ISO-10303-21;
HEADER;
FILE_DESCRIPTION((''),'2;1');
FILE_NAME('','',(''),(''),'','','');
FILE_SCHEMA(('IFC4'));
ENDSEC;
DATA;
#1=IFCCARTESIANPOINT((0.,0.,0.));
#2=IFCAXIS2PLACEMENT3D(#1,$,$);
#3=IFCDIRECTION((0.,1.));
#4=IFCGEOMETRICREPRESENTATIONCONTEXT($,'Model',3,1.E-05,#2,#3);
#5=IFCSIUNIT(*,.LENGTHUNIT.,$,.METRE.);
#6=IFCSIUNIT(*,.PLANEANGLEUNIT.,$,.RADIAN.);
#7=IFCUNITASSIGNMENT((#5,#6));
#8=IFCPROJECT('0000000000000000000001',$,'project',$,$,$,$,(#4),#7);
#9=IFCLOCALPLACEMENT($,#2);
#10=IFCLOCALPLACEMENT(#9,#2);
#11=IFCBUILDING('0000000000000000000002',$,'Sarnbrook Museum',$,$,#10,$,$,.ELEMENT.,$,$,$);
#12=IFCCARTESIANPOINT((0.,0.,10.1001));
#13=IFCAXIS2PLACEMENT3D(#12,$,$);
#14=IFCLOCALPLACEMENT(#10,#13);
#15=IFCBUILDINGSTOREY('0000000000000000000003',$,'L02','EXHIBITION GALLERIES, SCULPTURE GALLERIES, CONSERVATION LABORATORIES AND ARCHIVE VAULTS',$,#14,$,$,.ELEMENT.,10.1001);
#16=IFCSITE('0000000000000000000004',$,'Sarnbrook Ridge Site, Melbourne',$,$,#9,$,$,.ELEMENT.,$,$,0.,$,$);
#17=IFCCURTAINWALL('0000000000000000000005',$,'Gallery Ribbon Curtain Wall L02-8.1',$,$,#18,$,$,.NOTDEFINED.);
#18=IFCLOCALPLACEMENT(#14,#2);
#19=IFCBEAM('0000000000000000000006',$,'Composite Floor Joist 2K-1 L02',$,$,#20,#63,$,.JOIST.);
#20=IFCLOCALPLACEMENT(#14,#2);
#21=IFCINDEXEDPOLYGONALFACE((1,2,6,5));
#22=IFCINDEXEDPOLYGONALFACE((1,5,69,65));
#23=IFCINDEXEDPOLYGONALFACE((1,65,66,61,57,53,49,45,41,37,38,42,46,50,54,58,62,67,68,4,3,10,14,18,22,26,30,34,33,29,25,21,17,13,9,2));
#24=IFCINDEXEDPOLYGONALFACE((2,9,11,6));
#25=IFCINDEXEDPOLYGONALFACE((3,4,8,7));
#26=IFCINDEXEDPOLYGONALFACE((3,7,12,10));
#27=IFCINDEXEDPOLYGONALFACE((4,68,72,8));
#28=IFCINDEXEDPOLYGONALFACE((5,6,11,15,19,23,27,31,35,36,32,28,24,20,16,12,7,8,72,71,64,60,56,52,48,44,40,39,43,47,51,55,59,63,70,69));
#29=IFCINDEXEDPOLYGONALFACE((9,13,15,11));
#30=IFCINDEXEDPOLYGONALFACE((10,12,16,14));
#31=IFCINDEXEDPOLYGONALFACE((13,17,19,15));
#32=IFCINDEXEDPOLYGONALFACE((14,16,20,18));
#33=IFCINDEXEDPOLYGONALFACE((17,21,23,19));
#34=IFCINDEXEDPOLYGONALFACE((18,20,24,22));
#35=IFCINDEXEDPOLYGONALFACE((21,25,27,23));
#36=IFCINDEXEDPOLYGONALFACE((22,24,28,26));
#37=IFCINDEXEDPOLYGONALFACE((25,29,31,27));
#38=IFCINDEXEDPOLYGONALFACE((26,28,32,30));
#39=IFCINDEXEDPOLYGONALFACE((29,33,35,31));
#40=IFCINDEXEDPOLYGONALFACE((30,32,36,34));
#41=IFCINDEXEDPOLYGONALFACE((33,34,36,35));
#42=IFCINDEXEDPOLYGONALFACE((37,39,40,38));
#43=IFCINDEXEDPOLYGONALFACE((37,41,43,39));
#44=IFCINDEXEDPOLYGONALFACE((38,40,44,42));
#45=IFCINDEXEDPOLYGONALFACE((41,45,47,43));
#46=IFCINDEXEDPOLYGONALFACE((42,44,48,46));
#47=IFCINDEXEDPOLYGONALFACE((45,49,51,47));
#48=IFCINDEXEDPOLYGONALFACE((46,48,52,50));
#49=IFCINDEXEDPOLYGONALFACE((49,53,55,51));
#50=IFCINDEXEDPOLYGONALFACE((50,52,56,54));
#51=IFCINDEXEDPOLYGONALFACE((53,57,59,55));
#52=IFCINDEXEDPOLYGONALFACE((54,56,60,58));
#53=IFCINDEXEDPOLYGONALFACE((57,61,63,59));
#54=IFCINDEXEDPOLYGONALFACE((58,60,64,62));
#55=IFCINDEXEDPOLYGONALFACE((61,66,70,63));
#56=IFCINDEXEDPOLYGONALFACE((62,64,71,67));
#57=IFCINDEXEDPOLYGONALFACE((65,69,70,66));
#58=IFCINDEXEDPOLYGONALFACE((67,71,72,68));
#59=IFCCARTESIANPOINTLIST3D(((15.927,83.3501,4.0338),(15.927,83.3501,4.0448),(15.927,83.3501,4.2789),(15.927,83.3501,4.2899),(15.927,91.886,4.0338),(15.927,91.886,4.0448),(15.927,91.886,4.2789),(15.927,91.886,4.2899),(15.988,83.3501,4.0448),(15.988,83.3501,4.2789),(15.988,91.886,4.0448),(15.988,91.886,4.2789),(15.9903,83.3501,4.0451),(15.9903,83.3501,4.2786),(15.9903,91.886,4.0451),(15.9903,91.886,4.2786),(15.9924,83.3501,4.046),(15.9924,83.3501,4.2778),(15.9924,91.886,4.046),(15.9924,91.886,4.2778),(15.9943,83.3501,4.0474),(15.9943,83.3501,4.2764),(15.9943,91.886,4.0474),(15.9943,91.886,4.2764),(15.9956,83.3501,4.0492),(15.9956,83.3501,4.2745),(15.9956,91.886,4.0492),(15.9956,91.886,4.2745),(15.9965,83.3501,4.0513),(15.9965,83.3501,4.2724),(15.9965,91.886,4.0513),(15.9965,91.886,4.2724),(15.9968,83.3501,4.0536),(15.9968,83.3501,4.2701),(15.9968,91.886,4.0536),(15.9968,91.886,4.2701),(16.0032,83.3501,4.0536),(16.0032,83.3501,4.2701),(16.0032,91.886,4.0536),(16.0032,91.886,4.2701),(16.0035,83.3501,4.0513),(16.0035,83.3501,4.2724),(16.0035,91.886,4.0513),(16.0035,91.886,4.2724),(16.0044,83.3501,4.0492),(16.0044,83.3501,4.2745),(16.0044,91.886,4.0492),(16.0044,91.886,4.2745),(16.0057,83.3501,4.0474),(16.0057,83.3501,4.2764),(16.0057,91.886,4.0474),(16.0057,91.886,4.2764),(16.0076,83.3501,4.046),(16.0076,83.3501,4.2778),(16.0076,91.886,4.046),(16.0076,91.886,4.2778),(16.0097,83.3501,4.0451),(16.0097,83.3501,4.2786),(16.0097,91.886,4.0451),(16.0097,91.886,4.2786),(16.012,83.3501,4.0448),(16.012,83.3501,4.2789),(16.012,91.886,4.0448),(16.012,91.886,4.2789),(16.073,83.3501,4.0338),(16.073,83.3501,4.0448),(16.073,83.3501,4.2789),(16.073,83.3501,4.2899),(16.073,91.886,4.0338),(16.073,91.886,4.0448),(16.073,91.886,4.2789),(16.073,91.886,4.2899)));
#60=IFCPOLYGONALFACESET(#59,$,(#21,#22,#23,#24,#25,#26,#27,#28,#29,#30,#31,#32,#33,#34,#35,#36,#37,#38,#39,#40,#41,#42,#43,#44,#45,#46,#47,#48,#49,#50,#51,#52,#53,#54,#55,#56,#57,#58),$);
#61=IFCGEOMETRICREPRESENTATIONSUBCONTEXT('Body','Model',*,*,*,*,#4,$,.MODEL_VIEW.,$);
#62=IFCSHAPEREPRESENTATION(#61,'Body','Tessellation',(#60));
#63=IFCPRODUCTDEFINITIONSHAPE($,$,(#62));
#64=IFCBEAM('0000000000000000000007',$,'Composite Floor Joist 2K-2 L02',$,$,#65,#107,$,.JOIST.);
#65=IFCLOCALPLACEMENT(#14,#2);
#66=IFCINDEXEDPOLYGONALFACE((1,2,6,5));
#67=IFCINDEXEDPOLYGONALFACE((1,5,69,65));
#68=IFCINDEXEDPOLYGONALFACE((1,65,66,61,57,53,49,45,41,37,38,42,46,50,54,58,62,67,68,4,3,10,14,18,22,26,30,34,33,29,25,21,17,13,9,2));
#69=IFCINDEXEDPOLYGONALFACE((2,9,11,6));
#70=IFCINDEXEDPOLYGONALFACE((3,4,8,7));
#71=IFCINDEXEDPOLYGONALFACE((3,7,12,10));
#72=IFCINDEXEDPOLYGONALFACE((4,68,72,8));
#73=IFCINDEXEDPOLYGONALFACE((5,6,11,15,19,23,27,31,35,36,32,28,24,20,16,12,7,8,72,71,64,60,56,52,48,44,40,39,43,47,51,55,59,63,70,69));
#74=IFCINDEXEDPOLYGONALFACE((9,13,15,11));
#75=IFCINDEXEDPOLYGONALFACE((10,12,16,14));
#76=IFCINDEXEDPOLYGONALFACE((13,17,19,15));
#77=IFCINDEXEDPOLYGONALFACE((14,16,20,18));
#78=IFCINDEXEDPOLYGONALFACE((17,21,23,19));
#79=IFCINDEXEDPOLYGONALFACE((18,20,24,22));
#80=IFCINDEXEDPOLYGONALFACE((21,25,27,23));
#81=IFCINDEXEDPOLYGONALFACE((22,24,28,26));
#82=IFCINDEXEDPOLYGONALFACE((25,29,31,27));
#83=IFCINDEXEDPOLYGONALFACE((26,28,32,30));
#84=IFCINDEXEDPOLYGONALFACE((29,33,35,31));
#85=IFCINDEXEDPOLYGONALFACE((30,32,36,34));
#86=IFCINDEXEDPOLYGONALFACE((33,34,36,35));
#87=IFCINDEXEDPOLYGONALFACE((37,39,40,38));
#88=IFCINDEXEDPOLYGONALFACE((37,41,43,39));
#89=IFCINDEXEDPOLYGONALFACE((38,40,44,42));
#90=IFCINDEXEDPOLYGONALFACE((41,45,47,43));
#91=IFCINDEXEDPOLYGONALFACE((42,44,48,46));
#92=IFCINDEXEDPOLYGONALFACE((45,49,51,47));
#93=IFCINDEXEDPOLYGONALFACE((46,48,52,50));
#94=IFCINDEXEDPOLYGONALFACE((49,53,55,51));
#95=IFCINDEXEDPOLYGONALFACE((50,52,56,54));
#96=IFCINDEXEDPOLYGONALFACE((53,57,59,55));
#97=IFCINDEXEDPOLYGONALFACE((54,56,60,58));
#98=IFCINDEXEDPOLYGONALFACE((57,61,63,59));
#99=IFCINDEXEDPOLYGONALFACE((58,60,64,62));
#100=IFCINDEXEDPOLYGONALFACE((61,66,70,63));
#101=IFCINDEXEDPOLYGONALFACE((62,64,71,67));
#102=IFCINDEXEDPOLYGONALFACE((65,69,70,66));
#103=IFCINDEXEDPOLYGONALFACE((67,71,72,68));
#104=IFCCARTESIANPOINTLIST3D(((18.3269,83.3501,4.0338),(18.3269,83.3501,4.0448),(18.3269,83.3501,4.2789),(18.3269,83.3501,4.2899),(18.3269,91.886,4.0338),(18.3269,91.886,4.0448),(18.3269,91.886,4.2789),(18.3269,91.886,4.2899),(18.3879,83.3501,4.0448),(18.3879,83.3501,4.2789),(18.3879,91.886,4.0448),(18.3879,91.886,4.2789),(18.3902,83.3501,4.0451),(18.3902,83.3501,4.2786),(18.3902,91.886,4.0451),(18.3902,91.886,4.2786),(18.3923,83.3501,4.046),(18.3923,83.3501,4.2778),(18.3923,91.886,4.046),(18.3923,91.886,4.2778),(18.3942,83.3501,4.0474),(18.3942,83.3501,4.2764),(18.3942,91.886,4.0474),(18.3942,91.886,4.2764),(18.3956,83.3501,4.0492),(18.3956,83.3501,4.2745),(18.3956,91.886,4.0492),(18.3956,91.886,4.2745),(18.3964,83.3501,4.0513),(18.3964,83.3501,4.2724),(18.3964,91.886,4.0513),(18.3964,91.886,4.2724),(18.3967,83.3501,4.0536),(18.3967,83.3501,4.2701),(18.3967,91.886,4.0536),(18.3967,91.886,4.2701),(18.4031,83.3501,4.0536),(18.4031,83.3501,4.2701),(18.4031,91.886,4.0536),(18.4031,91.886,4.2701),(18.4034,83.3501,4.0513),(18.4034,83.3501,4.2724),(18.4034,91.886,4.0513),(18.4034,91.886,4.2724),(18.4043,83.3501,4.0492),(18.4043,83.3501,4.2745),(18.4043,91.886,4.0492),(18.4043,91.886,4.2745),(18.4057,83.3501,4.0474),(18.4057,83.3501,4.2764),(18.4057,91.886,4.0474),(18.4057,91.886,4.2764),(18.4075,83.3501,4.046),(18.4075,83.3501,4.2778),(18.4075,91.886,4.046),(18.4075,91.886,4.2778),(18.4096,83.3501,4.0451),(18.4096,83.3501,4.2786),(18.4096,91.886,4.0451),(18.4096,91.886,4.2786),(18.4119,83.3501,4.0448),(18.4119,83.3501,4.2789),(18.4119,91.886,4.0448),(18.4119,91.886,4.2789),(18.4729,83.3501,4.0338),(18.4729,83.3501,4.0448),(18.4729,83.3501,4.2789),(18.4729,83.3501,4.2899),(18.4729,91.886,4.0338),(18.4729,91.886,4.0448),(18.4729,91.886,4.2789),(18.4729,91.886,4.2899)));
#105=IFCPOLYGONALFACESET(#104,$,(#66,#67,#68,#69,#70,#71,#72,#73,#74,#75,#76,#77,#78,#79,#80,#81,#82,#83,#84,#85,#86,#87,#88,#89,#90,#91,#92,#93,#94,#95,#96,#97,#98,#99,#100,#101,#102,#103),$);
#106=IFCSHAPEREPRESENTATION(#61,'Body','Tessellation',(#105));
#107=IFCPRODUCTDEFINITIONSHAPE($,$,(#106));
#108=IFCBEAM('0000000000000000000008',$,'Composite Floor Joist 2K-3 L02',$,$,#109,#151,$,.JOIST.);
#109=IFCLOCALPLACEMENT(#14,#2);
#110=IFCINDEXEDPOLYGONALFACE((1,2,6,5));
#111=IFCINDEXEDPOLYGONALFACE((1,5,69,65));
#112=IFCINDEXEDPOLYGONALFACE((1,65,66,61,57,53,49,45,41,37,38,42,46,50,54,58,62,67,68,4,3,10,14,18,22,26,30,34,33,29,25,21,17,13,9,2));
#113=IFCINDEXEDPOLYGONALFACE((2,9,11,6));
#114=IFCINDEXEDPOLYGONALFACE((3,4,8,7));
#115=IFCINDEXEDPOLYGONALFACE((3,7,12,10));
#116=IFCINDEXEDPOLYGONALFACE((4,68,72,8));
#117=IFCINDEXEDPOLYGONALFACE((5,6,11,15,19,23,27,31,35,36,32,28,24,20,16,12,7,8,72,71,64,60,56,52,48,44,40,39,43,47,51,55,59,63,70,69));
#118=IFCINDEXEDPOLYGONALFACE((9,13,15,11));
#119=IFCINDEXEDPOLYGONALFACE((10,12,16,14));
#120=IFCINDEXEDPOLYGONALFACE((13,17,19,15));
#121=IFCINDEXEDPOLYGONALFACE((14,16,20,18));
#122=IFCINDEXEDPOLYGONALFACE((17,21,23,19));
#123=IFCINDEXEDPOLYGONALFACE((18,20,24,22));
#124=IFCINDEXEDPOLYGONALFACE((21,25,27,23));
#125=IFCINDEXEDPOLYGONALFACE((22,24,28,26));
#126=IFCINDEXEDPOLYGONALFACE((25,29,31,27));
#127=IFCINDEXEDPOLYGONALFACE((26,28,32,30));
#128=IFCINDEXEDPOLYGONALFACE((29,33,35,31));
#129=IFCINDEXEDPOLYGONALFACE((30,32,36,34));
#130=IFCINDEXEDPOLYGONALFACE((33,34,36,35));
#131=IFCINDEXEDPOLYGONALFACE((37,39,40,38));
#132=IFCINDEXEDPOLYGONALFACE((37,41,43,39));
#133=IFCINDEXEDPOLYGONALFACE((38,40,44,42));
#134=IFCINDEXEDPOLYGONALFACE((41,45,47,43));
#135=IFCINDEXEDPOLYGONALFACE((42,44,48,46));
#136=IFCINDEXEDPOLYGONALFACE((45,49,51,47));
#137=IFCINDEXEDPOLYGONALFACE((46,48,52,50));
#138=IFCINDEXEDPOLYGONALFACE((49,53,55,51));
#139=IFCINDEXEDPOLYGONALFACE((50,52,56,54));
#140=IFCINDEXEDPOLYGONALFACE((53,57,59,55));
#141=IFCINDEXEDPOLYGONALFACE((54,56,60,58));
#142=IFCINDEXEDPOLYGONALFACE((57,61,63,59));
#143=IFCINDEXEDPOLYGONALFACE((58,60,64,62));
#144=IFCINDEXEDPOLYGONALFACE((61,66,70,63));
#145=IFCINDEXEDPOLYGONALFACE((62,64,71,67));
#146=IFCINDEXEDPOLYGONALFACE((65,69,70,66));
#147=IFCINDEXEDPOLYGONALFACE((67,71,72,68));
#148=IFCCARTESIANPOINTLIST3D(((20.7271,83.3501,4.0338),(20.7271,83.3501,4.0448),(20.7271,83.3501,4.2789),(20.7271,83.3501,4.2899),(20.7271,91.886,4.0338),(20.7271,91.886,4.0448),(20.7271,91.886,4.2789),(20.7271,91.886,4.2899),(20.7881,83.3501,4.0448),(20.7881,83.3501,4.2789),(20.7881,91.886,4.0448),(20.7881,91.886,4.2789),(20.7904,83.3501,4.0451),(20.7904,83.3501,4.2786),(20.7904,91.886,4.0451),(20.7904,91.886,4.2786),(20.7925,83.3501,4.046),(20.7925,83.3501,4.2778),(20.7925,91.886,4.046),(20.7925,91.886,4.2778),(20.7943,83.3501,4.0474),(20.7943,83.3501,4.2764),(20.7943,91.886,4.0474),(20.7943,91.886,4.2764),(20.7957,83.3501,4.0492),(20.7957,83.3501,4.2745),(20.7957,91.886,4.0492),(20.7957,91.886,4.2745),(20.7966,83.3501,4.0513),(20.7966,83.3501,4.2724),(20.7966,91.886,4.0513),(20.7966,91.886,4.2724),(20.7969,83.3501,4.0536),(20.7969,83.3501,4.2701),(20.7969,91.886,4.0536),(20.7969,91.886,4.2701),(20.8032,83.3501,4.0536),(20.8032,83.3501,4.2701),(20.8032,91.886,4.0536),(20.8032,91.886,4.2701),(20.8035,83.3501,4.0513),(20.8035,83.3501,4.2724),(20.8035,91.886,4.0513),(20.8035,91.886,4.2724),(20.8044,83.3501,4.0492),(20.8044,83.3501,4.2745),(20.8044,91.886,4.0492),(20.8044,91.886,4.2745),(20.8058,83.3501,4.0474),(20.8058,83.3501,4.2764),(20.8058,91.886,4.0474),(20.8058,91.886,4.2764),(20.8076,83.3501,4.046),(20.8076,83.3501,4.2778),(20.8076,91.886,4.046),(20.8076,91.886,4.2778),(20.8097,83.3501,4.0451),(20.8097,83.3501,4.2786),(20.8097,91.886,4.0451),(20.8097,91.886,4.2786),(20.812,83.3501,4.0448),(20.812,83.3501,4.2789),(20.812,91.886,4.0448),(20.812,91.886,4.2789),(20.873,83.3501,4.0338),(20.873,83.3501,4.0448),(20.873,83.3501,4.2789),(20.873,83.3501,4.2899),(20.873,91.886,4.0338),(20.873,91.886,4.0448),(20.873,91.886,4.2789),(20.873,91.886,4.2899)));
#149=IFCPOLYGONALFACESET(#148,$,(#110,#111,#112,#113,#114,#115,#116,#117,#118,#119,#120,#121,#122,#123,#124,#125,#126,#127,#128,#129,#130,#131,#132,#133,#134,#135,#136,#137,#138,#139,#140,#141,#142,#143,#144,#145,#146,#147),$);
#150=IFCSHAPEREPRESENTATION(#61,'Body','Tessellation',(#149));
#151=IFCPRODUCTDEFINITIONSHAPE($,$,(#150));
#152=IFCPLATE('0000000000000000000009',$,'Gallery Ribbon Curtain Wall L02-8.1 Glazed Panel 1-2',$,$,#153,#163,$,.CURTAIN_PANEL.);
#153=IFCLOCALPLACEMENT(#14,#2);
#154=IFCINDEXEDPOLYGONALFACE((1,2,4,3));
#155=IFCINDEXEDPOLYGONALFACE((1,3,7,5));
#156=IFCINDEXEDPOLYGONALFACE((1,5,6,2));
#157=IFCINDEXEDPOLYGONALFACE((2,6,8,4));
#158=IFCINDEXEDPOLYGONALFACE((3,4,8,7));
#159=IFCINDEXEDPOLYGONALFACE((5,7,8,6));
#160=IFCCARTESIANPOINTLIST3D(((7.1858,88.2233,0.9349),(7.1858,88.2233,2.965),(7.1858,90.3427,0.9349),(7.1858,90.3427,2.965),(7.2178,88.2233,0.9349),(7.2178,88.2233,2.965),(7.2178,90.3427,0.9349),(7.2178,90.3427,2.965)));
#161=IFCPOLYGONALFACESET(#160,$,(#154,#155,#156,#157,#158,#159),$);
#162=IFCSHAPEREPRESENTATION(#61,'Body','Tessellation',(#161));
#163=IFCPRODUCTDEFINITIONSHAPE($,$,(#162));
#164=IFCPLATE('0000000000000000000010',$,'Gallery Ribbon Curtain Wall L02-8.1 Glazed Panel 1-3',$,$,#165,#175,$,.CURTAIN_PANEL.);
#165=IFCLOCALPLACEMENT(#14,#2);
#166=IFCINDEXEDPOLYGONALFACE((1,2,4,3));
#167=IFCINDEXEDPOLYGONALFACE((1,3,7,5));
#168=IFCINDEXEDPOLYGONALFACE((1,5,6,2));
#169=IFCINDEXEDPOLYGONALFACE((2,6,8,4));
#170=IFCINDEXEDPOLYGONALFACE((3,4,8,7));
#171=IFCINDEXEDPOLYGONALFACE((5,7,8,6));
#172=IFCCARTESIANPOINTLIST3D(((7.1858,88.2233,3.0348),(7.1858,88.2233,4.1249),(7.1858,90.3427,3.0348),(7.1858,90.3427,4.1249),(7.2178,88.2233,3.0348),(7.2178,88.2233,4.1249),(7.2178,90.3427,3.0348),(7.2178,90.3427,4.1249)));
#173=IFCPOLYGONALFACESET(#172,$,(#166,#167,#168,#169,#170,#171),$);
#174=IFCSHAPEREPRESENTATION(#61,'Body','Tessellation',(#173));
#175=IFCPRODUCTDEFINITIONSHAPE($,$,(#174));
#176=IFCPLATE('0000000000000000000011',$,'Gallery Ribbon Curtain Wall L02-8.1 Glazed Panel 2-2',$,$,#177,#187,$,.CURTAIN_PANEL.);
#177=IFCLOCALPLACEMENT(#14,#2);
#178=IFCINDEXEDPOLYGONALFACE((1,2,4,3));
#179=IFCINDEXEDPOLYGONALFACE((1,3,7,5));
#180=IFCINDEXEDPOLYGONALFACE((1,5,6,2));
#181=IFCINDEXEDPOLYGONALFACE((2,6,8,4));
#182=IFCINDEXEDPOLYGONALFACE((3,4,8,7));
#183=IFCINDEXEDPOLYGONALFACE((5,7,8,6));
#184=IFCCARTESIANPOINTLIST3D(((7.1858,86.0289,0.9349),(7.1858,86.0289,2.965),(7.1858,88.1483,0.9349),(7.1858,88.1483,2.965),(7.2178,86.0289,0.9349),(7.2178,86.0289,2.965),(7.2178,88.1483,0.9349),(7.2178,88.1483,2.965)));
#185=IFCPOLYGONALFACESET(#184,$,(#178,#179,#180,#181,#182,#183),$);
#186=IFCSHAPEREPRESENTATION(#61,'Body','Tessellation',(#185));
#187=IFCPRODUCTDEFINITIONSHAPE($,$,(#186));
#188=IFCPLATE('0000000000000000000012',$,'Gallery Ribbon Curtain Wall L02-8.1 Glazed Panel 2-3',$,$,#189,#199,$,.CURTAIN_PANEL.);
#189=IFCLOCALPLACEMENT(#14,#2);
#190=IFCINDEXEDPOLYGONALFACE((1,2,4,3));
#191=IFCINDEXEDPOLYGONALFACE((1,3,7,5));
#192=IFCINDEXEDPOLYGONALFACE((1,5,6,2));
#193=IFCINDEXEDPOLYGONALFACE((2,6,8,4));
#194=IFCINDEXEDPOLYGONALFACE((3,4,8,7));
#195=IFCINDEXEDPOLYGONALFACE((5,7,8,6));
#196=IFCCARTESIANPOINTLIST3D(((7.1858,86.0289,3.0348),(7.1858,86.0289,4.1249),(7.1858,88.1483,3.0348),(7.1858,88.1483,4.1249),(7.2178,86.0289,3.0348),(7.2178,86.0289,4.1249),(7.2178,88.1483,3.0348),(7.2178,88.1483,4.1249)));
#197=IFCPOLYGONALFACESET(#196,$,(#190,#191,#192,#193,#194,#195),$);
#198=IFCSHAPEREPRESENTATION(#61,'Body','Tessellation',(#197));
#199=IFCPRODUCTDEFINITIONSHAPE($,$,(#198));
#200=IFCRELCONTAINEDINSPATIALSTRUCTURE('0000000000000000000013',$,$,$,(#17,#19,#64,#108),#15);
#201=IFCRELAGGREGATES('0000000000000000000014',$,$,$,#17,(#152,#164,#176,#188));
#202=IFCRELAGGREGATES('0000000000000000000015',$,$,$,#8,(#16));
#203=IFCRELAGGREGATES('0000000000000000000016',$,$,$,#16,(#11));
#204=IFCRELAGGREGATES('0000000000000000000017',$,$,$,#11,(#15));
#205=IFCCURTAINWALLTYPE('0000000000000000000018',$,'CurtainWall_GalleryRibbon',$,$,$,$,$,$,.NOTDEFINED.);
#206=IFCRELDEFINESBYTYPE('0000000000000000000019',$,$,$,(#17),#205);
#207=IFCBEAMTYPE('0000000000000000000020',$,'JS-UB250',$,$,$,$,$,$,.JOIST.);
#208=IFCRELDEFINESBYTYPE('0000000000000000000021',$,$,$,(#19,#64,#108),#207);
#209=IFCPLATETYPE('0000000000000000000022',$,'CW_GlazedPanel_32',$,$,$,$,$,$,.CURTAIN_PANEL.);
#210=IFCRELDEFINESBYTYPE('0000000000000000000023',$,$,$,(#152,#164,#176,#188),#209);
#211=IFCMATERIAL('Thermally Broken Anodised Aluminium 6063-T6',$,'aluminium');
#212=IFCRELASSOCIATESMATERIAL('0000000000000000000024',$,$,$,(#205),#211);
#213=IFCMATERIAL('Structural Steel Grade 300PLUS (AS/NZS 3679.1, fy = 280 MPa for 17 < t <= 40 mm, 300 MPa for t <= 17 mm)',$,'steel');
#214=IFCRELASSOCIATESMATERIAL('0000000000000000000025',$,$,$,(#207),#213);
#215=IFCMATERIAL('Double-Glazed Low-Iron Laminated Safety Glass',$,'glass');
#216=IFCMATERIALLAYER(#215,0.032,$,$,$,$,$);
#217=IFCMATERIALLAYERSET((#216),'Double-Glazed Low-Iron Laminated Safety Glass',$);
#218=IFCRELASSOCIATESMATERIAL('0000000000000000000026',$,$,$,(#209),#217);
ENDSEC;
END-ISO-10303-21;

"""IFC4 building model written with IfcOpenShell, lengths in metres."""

from ifc_helpers import new_model, si_unit, direction, frame, origin, origin_2d, place, context, subcontext, project, spatial, rectangle, i_section, extrude, material, layer, layer_set, material_profile, profile_set, type_object, element, aggregate, save


model = new_model("IFC4")

# Units and contexts
model_context = context("Model", 3, precision=1e-05, world=origin(), true_north=direction((0.0, 1.0)))
body_context = subcontext(model_context, "Body", "Model", "MODEL_VIEW")
ifc_project = project(units=[si_unit("LENGTHUNIT", "METRE"), si_unit("PLANEANGLEUNIT", "RADIAN")], contexts=[model_context])

# Site, building, storey
site_placement = place(None, origin())
site = spatial("IfcSite", under=ifc_project, at=site_placement, Name="Sarnbrook Ridge Site, Melbourne", CompositionType="ELEMENT", RefElevation=0.0)
building_placement = place(site_placement, origin())
building = spatial("IfcBuilding", under=site, at=building_placement, Name="Sarnbrook Museum", CompositionType="ELEMENT")
storey_placement = place(building_placement, frame((0.0, 0.0, 10.1001)))
storey = spatial("IfcBuildingStorey", under=building, at=storey_placement, Name="L02", Description="EXHIBITION GALLERIES, SCULPTURE GALLERIES, CONSERVATION LABORATORIES AND ARCHIVE VAULTS", CompositionType="ELEMENT", Elevation=10.1001)

# Shared definitions
ifc_material_1 = material(Name="Structural Steel Grade 300PLUS (AS/NZS 3679.1, fy = 280 MPa for 17 < t <= 40 mm, 300 MPa for t <= 17 mm)", Category="steel")

# Curtain wall
ifc_material_2 = material(Name="Thermally Broken Anodised Aluminium 6063-T6", Category="aluminium")
curtain_wall_type = type_object("IfcCurtainWallType", Name="CurtainWall_GalleryRibbon", PredefinedType="NOTDEFINED", material=ifc_material_2)
curtain_wall_placement = place(storey_placement, origin())
curtain_wall = element("IfcCurtainWall", 1, at=curtain_wall_placement, inside=storey, type_object=curtain_wall_type, Name="Gallery Ribbon Curtain Wall L02-8.1", PredefinedType="NOTDEFINED")

# Beams
ifc_material_profile_1 = material_profile(ifc_material_1, i_section(OverallWidth=0.146, OverallDepth=0.2561, WebThickness=0.0063, FlangeThickness=0.011, FilletRadius=0.0088, at=origin_2d()), Name="250UB37.3")
ifc_profile_set_1 = profile_set([ifc_material_profile_1], Name="Structural Steel Grade 300PLUS (AS/NZS 3679.1, fy = 280 MPa for 17 < t <= 40 mm, 300 MPa for t <= 17 mm)")
beam_type_1 = type_object("IfcBeamType", Name="JS-UB250", PredefinedType="JOIST", material=ifc_profile_set_1)
for number, where, z_axis, x_axis, name in (
    (2, (16.0, 83.3501, 4.1619), (0.0, 1.0, 0.0), (-1.0, 0.0, 0.0), "Composite Floor Joist 2K-1 L02"),
    (3, (18.3999, 83.3501, 4.1619), (0.0, 1.0, 0.0), (-1.0, 0.0, 0.0), "Composite Floor Joist 2K-2 L02"),
    (4, (20.8, 83.3501, 4.1619), (0.0, 1.0, 0.0), (-1.0, 0.0, 0.0), "Composite Floor Joist 2K-3 L02"),
):
    element("IfcBeam", number, at=place(storey_placement, frame(where, z_axis=z_axis, x_axis=x_axis)), inside=storey, type_object=beam_type_1, Name=name, PredefinedType="JOIST", context=body_context, shape_type="SweptSolid", body=[
        extrude(i_section(OverallWidth=0.146, OverallDepth=0.2561, WebThickness=0.0063, FlangeThickness=0.011, FilletRadius=0.0088, at=origin_2d()), origin(), (0.0, 0.0, 1.0), 8.5359),
    ])

# Plates
ifc_material_3 = material(Name="Double-Glazed Low-Iron Laminated Safety Glass", Category="glass")
ifc_layer_1 = layer(ifc_material_3, 0.032)
ifc_layer_set_1 = layer_set([ifc_layer_1], Name="Double-Glazed Low-Iron Laminated Safety Glass")
plate_type_1 = type_object("IfcPlateType", Name="CW_GlazedPanel_32", PredefinedType="CURTAIN_PANEL", material=ifc_layer_set_1)
plate_1_placement = place(storey_placement, frame((7.2178, 89.283, 1.95), z_axis=(-1.0, 0.0, 0.0), x_axis=(0.0, -1.0, 0.0)))
plate_1 = element("IfcPlate", 5, at=plate_1_placement, type_object=plate_type_1, Name="Gallery Ribbon Curtain Wall L02-8.1 Glazed Panel 1-2", PredefinedType="CURTAIN_PANEL", context=body_context, shape_type="SweptSolid", body=[
    extrude(rectangle(XDim=2.1194, YDim=2.03, at=origin_2d()), origin(), (0.0, 0.0, 1.0), 0.032),
])
plate_2_placement = place(storey_placement, frame((7.2178, 89.283, 3.5798), z_axis=(-1.0, 0.0, 0.0), x_axis=(0.0, -1.0, 0.0)))
plate_2 = element("IfcPlate", 6, at=plate_2_placement, type_object=plate_type_1, Name="Gallery Ribbon Curtain Wall L02-8.1 Glazed Panel 1-3", PredefinedType="CURTAIN_PANEL", context=body_context, shape_type="SweptSolid", body=[
    extrude(rectangle(XDim=2.1194, YDim=1.0901, at=origin_2d()), origin(), (0.0, 0.0, 1.0), 0.032),
])
plate_3_placement = place(storey_placement, frame((7.2178, 87.0886, 1.95), z_axis=(-1.0, 0.0, 0.0), x_axis=(0.0, -1.0, 0.0)))
plate_3 = element("IfcPlate", 7, at=plate_3_placement, type_object=plate_type_1, Name="Gallery Ribbon Curtain Wall L02-8.1 Glazed Panel 2-2", PredefinedType="CURTAIN_PANEL", context=body_context, shape_type="SweptSolid", body=[
    extrude(rectangle(XDim=2.1194, YDim=2.03, at=origin_2d()), origin(), (0.0, 0.0, 1.0), 0.032),
])
plate_4_placement = place(storey_placement, frame((7.2178, 87.0886, 3.5798), z_axis=(-1.0, 0.0, 0.0), x_axis=(0.0, -1.0, 0.0)))
plate_4 = element("IfcPlate", 8, at=plate_4_placement, type_object=plate_type_1, Name="Gallery Ribbon Curtain Wall L02-8.1 Glazed Panel 2-3", PredefinedType="CURTAIN_PANEL", context=body_context, shape_type="SweptSolid", body=[
    extrude(rectangle(XDim=2.1194, YDim=1.0901, at=origin_2d()), origin(), (0.0, 0.0, 1.0), 0.032),
])
aggregate(curtain_wall, [plate_1, plate_2, plate_3, plate_4])

save(model, "model.ifc")
